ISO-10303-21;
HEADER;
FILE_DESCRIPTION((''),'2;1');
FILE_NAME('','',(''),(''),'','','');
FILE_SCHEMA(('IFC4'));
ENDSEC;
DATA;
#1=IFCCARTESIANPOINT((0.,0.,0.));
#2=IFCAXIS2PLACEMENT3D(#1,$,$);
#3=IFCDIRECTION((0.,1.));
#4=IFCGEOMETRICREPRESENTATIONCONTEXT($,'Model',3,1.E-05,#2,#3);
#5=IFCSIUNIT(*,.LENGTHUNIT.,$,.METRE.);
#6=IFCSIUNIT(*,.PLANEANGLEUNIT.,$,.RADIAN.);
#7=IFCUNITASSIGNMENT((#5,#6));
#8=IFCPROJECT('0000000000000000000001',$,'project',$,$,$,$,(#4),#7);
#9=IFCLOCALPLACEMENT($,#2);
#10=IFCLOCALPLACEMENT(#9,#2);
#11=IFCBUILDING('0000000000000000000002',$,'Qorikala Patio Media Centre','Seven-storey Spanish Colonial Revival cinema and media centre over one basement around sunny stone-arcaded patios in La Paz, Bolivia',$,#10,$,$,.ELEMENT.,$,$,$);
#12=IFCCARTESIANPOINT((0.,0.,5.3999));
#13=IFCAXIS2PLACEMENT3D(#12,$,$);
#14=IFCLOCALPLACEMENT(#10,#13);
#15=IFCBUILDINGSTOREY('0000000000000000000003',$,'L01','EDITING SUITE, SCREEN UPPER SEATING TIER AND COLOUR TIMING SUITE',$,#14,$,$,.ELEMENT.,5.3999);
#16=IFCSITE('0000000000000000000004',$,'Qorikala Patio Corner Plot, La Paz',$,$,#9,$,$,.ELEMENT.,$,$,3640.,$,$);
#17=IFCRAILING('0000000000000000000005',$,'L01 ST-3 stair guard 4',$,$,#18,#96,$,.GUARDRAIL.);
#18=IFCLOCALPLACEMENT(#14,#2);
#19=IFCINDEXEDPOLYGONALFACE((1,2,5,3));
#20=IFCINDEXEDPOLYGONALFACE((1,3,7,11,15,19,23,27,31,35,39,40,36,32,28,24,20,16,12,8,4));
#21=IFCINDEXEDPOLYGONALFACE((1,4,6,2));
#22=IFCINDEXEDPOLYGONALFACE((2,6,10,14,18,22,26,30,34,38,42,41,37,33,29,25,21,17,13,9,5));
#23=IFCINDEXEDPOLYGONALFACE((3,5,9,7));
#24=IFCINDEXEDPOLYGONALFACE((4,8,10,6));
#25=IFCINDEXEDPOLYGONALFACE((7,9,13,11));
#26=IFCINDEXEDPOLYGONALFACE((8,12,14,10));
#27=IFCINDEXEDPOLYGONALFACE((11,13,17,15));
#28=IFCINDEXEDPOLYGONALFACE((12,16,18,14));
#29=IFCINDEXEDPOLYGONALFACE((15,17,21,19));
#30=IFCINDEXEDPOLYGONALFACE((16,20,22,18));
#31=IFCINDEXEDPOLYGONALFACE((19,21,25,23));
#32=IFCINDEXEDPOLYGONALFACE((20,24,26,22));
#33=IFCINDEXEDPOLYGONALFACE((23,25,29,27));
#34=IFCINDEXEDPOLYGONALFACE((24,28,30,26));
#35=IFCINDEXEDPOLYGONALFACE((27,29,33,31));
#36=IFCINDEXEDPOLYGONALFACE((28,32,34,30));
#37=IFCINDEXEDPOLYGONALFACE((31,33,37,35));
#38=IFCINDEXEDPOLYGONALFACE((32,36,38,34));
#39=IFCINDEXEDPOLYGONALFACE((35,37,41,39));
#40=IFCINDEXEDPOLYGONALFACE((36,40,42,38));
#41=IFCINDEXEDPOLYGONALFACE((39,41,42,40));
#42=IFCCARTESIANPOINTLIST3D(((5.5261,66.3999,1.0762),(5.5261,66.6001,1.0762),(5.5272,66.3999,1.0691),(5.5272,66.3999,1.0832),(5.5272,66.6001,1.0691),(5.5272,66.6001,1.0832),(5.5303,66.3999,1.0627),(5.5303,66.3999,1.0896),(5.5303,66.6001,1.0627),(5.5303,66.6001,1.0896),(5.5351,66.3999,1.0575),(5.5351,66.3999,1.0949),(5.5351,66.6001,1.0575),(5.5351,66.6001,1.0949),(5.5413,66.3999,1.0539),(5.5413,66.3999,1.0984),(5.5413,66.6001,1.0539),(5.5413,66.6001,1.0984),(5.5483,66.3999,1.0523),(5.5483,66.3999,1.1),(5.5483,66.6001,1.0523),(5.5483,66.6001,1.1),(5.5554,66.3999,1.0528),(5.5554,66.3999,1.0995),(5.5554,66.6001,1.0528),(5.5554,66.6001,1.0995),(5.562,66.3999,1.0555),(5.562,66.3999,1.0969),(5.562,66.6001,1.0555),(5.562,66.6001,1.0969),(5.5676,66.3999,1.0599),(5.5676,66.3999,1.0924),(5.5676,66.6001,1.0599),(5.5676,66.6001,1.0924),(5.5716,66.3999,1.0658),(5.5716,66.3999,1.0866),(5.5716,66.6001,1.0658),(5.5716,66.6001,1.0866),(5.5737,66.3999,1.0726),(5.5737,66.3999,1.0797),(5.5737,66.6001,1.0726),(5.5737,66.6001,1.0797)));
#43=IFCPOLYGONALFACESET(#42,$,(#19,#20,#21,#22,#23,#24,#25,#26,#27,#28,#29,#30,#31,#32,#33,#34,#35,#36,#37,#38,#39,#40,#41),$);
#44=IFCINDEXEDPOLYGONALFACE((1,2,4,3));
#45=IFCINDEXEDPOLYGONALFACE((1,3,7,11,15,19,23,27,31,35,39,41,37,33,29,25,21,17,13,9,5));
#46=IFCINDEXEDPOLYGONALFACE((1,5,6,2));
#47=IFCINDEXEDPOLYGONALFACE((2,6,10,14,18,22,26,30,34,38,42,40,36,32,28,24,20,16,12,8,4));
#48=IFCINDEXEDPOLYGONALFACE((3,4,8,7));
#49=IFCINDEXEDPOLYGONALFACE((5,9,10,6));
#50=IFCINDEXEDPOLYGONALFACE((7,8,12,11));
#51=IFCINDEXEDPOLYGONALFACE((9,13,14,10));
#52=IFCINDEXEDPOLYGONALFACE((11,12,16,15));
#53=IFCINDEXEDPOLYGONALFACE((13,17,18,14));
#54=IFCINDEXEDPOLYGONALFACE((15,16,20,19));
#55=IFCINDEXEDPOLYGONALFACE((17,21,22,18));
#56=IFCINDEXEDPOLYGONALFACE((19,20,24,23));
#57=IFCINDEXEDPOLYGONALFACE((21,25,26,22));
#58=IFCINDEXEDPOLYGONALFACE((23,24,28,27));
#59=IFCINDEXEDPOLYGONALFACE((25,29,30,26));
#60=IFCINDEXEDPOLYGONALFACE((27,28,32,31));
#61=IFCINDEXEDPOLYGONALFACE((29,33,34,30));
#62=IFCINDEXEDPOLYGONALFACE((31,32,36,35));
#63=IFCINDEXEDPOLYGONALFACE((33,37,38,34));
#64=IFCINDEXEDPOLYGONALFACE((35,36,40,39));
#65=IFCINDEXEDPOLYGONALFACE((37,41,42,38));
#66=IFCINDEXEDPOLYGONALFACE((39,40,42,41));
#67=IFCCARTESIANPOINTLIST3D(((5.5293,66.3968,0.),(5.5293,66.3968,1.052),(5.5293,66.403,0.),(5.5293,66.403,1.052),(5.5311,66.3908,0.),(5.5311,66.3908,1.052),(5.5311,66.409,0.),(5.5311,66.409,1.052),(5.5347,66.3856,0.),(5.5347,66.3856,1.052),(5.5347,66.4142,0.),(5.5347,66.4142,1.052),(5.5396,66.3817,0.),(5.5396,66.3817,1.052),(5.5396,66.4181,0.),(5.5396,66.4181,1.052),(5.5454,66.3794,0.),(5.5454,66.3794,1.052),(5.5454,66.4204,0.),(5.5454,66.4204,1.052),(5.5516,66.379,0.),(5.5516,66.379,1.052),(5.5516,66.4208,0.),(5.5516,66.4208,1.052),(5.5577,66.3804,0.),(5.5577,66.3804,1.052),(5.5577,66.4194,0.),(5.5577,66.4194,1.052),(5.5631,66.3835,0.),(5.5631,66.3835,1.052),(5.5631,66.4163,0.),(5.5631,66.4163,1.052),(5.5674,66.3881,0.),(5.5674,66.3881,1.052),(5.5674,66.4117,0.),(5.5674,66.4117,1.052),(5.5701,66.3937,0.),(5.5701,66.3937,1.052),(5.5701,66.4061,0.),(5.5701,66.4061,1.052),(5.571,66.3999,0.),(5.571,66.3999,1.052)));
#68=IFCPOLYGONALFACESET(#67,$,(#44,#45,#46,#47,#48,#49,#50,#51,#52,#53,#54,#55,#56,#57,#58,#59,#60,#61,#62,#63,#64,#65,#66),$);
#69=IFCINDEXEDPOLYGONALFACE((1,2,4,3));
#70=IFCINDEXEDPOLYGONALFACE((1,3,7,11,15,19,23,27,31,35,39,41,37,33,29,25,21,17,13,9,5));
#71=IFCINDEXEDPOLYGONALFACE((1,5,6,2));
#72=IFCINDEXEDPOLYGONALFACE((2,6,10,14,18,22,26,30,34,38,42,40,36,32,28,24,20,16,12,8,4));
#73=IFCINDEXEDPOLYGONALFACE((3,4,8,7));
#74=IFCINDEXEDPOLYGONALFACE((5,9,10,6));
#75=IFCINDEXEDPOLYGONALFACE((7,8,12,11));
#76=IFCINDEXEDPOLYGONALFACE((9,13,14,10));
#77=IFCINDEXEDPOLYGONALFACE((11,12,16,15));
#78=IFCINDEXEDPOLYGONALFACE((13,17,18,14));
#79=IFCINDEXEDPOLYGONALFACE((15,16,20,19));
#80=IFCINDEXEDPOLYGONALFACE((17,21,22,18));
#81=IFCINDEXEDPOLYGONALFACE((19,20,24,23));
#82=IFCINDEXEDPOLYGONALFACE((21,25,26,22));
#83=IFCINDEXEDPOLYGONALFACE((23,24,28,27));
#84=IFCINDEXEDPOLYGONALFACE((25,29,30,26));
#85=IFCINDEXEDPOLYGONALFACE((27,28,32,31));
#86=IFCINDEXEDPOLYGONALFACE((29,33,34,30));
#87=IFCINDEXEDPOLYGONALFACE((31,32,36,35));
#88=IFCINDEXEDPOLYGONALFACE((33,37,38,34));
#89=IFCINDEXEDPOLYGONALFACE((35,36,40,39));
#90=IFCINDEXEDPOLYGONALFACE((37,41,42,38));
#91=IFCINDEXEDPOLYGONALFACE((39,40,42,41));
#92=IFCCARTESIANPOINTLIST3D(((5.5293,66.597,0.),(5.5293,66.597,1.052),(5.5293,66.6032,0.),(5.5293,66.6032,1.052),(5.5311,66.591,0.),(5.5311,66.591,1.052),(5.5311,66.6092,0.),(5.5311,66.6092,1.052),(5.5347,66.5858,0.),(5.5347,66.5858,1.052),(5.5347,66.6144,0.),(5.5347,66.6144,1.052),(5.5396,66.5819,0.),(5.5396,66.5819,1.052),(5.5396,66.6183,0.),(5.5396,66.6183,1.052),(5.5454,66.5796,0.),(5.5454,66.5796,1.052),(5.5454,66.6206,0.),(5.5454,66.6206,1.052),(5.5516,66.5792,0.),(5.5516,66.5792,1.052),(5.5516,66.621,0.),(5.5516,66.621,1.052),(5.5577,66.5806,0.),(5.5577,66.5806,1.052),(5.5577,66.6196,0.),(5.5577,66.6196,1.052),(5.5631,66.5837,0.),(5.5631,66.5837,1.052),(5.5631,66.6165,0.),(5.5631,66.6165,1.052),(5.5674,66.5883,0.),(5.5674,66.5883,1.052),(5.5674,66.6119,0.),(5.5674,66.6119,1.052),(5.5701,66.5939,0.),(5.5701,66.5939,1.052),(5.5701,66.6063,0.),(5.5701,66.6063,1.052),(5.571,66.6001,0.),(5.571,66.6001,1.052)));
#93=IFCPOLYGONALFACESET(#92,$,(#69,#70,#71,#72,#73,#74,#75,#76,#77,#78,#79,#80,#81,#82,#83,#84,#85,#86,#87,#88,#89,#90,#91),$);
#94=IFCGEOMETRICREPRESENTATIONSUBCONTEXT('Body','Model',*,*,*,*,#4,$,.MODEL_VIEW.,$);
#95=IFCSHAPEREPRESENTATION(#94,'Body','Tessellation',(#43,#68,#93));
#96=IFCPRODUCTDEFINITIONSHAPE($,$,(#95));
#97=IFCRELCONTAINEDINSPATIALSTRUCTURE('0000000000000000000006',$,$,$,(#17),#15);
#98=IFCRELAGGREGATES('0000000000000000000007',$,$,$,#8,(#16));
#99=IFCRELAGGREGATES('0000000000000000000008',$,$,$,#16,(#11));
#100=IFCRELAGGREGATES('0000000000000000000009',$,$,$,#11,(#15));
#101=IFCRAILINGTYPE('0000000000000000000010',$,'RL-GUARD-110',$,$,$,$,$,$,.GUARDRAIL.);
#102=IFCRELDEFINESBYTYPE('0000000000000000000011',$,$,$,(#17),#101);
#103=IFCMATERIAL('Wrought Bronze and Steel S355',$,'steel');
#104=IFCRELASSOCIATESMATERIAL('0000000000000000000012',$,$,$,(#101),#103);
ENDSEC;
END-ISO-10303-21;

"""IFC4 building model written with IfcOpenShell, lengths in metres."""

from ifc_helpers import new_model, si_unit, direction, frame, origin, origin_2d, place, context, subcontext, project, spatial, circle, extrude, material, type_object, element, save


model = new_model("IFC4")

# Units and contexts
model_context = context("Model", 3, precision=1e-05, world=origin(), true_north=direction((0.0, 1.0)))
body_context = subcontext(model_context, "Body", "Model", "MODEL_VIEW")
ifc_project = project(units=[si_unit("LENGTHUNIT", "METRE"), si_unit("PLANEANGLEUNIT", "RADIAN")], contexts=[model_context])

# Site, building, storey
site_placement = place(None, origin())
site = spatial("IfcSite", under=ifc_project, at=site_placement, Name="Qorikala Patio Corner Plot, La Paz", CompositionType="ELEMENT", RefElevation=3640.0)
building_placement = place(site_placement, origin())
building = spatial("IfcBuilding", under=site, at=building_placement, Name="Qorikala Patio Media Centre", Description="Seven-storey Spanish Colonial Revival cinema and media centre over one basement around sunny stone-arcaded patios in La Paz, Bolivia", CompositionType="ELEMENT")
storey_placement = place(building_placement, frame((0.0, 0.0, 5.3999)))
storey = spatial("IfcBuildingStorey", under=building, at=storey_placement, Name="L01", Description="EDITING SUITE, SCREEN UPPER SEATING TIER AND COLOUR TIMING SUITE", CompositionType="ELEMENT", Elevation=5.3999)

# Railing
ifc_material_1 = material(Name="Wrought Bronze and Steel S355", Category="steel")
railing_type_1 = type_object("IfcRailingType", Name="RL-GUARD-110", PredefinedType="GUARDRAIL", material=ifc_material_1)
railing_1_placement = place(storey_placement, frame((5.55, 66.3999, 0.0)))
element("IfcRailing", 1, at=railing_1_placement, inside=storey, type_object=railing_type_1, Name="L01 ST-3 stair guard 4", PredefinedType="GUARDRAIL", context=body_context, shape_type="SweptSolid", body=[
    extrude(circle(Radius=0.0239, at=origin_2d()), frame((0.0, 0.0, 1.0762), z_axis=(0.0, 1.0, 0.0), x_axis=(-1.0, 0.0, 0.0)), (0.0, 0.0, 1.0), 0.2002),
    extrude(circle(Radius=0.021, at=origin_2d()), origin(), (0.0, 0.0, 1.0), 1.052),
    extrude(circle(Radius=0.021, at=origin_2d()), frame((0.0, 0.2002, 0.0)), (0.0, 0.0, 1.0), 1.052),
])

save(model, "model.ifc")
